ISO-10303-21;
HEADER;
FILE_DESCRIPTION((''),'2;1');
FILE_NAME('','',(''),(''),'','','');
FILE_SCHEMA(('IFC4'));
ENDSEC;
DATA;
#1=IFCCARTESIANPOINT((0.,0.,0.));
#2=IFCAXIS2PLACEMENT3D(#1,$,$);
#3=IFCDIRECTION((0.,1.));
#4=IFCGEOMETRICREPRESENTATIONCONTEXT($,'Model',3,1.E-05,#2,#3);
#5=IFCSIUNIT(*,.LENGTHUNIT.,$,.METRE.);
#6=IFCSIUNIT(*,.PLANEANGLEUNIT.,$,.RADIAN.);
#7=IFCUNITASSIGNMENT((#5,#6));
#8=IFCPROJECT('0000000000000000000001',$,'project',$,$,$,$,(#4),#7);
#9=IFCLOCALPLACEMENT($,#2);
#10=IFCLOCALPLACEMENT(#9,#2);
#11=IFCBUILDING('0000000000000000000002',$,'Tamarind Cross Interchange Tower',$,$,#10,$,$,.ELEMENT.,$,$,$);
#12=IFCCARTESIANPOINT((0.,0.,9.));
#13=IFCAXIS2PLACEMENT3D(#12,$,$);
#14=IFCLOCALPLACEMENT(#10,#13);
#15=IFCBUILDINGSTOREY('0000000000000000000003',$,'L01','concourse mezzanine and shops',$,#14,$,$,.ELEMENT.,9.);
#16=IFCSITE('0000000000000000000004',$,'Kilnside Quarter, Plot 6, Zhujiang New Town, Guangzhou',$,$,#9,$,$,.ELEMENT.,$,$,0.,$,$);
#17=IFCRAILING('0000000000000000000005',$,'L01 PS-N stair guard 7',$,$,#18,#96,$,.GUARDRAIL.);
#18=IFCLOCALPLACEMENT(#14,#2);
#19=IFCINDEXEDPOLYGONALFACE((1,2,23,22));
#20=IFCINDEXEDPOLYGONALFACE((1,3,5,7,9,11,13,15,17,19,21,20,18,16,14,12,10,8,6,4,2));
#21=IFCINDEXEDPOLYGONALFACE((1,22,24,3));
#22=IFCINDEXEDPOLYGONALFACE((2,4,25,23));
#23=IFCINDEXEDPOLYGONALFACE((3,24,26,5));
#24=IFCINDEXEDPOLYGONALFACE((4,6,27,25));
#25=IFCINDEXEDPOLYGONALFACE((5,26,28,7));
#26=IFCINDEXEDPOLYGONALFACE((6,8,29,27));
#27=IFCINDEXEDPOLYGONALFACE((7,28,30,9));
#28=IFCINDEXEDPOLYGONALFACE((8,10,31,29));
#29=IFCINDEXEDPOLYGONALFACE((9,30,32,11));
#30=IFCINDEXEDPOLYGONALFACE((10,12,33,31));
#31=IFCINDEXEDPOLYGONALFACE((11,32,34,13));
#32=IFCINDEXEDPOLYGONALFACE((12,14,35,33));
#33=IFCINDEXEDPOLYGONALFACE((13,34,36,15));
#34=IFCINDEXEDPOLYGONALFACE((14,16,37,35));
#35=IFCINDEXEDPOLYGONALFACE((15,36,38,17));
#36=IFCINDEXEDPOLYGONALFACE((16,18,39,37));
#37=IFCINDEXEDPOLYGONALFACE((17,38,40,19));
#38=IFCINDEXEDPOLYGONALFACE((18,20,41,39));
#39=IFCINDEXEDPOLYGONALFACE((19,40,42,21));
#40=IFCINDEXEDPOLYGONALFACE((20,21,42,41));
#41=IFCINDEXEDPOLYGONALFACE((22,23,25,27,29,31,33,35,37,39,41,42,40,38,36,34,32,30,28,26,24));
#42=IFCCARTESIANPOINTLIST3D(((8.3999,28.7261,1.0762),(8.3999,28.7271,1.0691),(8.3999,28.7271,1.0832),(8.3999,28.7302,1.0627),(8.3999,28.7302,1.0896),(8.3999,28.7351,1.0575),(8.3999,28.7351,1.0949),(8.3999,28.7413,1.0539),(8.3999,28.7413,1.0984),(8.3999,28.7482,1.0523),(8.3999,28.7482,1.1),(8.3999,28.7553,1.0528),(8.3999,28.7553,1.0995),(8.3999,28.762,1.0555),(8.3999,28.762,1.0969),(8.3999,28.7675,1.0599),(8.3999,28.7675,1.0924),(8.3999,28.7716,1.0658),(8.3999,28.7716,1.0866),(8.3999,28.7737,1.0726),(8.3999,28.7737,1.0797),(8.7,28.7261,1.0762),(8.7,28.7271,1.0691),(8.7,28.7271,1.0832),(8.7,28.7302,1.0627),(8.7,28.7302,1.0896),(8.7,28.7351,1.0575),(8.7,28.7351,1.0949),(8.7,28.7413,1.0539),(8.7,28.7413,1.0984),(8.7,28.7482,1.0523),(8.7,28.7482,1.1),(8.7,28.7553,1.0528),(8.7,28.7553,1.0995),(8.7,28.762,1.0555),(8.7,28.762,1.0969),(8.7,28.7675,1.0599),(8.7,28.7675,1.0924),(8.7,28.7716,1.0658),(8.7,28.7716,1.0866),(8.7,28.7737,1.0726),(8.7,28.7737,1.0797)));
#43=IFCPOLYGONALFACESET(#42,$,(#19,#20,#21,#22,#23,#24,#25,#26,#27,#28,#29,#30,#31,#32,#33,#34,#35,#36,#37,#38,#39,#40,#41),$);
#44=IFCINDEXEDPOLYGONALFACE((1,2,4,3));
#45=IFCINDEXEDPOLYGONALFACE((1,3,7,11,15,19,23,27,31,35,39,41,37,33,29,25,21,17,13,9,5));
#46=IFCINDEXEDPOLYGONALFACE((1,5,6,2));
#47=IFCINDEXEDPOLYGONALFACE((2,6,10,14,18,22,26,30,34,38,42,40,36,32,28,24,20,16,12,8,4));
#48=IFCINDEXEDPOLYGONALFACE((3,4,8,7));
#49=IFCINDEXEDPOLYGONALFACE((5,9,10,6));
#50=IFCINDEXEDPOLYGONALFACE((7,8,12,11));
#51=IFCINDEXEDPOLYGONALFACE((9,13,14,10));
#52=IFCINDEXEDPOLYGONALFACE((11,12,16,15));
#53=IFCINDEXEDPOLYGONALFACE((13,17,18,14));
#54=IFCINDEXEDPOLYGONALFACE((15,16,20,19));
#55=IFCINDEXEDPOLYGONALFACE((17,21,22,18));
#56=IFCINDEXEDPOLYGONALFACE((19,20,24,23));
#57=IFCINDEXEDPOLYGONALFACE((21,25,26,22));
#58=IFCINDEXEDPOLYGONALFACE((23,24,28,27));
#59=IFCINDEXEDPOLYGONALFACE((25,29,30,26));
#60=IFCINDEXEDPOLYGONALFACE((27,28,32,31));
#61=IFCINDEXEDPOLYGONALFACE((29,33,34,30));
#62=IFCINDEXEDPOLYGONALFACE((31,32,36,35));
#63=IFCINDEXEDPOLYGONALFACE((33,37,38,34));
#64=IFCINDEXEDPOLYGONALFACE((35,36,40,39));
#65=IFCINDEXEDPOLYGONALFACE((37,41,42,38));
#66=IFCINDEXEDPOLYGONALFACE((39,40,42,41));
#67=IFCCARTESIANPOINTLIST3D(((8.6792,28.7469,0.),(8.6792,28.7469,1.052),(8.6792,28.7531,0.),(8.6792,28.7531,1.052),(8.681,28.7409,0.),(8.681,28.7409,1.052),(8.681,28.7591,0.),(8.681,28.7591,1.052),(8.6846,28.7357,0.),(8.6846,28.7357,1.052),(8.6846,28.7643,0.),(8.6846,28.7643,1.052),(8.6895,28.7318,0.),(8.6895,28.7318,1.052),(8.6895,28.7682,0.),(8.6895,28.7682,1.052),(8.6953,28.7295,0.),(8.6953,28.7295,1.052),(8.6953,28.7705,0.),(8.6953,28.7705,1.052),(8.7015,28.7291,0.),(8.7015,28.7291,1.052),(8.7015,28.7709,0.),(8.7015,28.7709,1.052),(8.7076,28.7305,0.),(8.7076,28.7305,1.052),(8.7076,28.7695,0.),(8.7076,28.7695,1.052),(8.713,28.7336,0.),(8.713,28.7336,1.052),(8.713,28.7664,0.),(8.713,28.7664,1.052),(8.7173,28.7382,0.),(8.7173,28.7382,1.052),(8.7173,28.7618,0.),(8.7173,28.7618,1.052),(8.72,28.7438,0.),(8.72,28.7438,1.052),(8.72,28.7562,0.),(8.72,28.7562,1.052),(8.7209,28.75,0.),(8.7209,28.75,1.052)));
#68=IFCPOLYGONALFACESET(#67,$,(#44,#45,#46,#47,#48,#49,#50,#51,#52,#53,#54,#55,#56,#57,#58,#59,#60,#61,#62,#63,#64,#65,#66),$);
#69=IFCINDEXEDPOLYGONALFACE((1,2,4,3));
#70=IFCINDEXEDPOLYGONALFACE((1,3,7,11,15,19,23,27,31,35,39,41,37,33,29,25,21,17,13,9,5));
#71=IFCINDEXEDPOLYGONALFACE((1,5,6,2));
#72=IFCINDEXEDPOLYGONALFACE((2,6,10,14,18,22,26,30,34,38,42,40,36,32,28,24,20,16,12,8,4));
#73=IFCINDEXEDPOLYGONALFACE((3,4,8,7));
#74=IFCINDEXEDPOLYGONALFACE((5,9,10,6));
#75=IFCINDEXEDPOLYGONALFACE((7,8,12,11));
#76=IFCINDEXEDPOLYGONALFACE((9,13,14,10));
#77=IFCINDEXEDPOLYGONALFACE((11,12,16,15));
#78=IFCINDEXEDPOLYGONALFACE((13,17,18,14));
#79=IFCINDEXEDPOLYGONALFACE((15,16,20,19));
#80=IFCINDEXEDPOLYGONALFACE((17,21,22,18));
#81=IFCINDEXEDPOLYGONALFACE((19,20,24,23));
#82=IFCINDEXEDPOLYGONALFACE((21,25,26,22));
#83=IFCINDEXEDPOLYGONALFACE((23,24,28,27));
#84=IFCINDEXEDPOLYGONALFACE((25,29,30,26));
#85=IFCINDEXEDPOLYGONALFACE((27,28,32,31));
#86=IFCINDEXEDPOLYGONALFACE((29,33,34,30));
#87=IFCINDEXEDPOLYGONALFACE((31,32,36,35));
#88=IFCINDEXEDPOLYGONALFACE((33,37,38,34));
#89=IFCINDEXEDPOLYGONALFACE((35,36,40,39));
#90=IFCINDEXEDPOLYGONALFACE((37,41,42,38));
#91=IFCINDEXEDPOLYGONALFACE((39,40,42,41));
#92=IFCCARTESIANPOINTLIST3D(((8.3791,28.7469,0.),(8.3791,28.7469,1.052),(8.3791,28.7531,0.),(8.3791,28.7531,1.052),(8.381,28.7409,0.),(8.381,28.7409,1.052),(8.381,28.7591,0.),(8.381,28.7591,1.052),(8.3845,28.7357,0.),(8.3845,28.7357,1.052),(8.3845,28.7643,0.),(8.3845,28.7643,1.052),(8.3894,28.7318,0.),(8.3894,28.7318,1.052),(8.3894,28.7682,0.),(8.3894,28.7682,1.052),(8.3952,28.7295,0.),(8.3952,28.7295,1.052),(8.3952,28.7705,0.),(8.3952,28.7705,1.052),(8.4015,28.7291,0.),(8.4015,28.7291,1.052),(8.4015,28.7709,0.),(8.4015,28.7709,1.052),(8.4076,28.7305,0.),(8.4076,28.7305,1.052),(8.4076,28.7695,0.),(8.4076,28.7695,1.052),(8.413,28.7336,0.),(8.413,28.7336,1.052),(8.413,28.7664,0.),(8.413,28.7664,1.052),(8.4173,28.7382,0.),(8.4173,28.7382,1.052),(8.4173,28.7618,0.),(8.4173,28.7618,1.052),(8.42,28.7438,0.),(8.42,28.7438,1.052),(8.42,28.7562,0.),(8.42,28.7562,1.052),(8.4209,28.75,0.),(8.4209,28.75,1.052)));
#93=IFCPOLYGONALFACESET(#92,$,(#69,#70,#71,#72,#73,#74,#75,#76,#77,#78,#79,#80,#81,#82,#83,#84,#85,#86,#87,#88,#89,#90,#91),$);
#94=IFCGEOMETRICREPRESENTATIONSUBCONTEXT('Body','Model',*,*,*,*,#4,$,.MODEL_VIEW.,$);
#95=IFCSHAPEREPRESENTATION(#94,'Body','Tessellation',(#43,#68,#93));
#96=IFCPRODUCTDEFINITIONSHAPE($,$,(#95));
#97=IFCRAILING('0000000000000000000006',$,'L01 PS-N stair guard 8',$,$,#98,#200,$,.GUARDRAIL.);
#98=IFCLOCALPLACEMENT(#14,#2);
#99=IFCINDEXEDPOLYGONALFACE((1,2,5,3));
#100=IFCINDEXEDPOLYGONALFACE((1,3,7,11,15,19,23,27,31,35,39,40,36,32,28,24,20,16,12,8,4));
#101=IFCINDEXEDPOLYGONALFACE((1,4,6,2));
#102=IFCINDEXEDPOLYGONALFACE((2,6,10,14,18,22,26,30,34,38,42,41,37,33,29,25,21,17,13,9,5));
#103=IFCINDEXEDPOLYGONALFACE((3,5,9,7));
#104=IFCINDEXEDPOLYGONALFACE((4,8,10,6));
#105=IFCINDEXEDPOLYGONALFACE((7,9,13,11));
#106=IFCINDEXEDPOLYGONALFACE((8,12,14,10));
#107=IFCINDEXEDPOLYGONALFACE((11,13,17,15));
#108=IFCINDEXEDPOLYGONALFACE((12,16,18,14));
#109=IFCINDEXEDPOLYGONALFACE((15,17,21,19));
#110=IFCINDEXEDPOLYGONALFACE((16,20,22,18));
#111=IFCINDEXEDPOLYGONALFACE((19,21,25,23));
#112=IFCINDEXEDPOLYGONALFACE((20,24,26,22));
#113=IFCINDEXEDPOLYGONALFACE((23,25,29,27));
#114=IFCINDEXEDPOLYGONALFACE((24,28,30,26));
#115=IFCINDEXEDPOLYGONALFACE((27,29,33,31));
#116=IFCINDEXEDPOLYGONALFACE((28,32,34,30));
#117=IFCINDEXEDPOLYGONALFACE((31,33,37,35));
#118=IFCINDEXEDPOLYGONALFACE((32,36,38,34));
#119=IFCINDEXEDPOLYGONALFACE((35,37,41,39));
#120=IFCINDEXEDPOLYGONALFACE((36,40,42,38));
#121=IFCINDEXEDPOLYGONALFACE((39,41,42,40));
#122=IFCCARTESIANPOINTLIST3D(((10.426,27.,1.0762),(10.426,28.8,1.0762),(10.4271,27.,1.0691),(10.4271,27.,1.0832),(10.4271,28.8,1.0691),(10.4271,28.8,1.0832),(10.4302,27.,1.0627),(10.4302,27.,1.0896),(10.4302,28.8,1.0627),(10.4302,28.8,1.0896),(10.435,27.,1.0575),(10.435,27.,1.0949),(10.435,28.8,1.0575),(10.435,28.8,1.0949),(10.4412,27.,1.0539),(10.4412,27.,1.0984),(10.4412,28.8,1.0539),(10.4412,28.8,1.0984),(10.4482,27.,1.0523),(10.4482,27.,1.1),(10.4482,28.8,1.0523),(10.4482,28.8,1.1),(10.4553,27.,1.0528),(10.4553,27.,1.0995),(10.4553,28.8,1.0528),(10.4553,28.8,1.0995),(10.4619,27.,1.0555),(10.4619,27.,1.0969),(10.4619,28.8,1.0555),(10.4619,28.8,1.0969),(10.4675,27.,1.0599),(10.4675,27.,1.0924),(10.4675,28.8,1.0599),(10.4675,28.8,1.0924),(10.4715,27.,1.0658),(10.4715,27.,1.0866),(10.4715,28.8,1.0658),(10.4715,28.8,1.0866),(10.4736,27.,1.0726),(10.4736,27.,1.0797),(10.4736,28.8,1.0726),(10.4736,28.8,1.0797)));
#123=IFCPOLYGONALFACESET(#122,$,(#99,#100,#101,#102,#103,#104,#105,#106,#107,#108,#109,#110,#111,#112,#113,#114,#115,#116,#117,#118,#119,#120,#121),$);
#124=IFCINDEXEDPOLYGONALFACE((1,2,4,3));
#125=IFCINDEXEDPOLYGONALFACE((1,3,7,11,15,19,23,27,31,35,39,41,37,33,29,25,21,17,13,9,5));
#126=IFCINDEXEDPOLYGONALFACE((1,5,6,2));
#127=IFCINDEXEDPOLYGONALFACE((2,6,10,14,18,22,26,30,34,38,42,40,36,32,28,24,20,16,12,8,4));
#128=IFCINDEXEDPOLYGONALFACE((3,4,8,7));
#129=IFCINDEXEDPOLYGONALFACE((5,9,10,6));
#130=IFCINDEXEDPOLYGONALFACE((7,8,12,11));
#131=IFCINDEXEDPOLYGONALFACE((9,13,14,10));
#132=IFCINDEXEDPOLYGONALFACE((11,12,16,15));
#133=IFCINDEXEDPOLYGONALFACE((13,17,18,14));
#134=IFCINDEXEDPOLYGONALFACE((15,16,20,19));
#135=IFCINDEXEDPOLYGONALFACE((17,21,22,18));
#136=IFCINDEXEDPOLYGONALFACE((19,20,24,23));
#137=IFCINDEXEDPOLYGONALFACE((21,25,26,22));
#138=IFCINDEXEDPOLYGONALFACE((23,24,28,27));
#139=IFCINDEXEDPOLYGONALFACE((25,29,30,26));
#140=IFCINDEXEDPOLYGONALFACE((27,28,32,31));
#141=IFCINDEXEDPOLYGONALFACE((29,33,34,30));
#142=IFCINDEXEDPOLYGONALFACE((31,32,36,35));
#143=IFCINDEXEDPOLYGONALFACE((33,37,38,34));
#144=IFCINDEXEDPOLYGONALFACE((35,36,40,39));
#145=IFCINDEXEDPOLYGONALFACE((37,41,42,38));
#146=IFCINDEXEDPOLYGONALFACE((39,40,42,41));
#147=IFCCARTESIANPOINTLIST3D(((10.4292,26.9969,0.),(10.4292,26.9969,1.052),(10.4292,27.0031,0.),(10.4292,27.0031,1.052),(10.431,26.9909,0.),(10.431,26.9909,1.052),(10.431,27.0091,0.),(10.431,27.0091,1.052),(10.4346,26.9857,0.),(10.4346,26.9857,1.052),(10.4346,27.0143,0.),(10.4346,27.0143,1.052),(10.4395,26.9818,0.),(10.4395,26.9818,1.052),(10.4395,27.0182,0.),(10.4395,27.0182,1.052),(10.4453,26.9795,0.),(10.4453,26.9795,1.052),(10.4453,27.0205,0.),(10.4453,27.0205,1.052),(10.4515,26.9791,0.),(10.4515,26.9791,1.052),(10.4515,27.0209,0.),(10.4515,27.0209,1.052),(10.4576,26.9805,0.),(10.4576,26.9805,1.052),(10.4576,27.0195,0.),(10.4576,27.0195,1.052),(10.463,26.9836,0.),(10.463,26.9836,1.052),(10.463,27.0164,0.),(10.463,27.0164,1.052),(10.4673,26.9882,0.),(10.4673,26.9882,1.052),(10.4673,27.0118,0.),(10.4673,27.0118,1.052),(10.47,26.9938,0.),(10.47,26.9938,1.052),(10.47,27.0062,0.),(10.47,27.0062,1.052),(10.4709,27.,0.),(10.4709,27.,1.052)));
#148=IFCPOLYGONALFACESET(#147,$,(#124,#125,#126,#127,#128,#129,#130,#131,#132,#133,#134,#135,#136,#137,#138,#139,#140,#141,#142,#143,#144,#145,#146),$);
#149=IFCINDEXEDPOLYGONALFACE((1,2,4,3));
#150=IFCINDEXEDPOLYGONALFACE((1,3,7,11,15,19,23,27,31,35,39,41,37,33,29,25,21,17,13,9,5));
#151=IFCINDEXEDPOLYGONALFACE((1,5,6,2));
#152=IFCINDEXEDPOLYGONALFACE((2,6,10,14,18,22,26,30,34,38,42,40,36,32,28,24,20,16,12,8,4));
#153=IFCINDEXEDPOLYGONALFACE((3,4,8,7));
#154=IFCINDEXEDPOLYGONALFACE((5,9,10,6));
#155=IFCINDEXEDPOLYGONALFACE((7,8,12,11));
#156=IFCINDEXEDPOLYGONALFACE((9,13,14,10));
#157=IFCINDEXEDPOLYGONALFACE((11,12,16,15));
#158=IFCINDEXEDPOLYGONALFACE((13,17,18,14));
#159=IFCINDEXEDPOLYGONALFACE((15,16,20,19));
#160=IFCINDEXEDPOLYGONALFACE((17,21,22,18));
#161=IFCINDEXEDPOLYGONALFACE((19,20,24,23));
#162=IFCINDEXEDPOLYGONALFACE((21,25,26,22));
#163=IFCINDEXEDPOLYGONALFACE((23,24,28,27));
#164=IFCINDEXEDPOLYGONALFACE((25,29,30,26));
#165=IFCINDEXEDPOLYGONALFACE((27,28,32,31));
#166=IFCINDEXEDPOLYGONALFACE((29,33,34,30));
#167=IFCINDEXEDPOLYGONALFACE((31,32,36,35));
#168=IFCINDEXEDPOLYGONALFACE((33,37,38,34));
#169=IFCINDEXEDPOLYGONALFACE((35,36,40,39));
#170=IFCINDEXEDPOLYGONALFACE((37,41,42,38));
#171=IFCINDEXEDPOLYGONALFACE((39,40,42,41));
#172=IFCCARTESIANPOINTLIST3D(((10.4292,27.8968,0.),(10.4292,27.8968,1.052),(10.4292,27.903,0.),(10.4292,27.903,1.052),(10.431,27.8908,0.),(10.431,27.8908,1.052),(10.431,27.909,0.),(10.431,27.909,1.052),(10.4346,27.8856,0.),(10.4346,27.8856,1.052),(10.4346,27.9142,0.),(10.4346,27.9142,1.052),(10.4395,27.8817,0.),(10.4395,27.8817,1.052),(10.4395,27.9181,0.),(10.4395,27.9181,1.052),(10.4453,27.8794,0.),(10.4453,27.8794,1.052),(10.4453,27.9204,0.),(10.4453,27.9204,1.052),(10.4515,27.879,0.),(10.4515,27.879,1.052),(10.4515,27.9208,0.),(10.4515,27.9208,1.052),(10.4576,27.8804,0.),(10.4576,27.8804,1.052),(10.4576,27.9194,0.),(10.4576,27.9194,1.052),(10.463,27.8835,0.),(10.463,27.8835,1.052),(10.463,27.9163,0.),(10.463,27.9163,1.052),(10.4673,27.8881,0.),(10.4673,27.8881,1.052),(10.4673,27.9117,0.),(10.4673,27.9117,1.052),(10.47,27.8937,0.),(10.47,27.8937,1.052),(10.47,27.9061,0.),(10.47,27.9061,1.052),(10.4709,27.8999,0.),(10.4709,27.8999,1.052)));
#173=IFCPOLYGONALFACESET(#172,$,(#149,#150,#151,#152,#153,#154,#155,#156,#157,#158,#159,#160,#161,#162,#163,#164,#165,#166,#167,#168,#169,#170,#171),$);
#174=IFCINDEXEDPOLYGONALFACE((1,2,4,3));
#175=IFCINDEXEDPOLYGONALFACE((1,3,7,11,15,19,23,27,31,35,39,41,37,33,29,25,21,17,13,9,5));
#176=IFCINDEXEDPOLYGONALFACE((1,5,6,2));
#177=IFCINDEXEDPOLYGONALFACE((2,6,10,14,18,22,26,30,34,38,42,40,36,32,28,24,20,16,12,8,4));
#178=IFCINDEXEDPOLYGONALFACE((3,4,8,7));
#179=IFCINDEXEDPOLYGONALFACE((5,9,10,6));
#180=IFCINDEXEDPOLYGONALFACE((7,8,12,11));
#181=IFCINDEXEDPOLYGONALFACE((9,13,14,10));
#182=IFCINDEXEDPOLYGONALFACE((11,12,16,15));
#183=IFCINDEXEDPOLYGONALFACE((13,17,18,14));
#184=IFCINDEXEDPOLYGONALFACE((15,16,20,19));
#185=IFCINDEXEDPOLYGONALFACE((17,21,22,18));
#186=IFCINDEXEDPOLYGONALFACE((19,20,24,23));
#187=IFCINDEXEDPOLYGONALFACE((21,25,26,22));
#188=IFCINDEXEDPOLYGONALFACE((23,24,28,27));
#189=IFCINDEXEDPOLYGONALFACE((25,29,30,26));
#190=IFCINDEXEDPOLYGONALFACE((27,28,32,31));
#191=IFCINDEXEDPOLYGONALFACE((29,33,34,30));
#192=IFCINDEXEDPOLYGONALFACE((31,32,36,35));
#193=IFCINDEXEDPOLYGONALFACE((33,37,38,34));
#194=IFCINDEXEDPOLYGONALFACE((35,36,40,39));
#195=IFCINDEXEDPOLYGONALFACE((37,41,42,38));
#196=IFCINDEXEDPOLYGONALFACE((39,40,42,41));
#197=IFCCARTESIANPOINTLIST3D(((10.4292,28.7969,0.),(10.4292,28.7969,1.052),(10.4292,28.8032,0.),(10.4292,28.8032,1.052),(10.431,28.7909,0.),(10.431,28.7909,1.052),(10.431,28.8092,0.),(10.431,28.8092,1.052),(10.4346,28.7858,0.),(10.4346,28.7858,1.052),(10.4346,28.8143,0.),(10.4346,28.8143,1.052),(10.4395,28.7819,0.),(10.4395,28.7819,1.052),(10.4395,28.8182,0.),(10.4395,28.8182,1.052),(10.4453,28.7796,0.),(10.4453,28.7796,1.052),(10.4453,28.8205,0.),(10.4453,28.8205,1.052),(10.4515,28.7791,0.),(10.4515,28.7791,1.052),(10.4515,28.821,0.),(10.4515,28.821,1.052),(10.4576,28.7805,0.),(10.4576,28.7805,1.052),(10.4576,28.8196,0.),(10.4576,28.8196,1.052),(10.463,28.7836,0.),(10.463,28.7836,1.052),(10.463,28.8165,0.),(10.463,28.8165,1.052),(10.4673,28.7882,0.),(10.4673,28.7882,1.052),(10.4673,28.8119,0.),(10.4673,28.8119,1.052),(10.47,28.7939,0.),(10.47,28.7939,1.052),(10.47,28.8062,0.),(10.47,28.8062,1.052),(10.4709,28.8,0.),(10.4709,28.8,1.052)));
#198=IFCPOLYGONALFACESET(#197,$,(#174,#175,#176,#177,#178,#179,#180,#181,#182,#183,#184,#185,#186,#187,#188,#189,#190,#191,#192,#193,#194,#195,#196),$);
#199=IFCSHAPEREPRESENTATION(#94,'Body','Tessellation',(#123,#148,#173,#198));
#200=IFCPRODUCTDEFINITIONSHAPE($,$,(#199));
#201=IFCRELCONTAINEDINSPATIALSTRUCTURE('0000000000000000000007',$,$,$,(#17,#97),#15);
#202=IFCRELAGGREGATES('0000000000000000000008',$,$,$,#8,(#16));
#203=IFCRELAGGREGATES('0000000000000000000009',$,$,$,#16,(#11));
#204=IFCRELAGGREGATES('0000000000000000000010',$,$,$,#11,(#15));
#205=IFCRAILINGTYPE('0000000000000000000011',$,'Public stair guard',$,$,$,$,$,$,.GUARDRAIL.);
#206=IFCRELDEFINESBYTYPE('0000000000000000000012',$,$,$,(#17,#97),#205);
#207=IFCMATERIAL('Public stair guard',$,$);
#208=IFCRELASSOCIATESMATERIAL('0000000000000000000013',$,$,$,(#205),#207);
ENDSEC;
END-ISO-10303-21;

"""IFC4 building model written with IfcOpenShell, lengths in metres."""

from ifc_helpers import new_model, si_unit, direction, frame, origin, origin_2d, place, context, subcontext, project, spatial, circle, extrude, material, type_object, element, save


model = new_model("IFC4")

# Units and contexts
model_context = context("Model", 3, precision=1e-05, world=origin(), true_north=direction((0.0, 1.0)))
body_context = subcontext(model_context, "Body", "Model", "MODEL_VIEW")
ifc_project = project(units=[si_unit("LENGTHUNIT", "METRE"), si_unit("PLANEANGLEUNIT", "RADIAN")], contexts=[model_context])

# Site, building, storey
site_placement = place(None, origin())
site = spatial("IfcSite", under=ifc_project, at=site_placement, Name="Kilnside Quarter, Plot 6, Zhujiang New Town, Guangzhou", CompositionType="ELEMENT", RefElevation=0.0)
building_placement = place(site_placement, origin())
building = spatial("IfcBuilding", under=site, at=building_placement, Name="Tamarind Cross Interchange Tower", CompositionType="ELEMENT")
storey_placement = place(building_placement, frame((0.0, 0.0, 9.0)))
storey = spatial("IfcBuildingStorey", under=building, at=storey_placement, Name="L01", Description="concourse mezzanine and shops", CompositionType="ELEMENT", Elevation=9.0)

# Railings
ifc_material_1 = material(Name="Public stair guard")
railing_type_1 = type_object("IfcRailingType", Name="Public stair guard", PredefinedType="GUARDRAIL", material=ifc_material_1)
railing_1_placement = place(storey_placement, frame((8.7, 28.75, 0.0)))
element("IfcRailing", 1, at=railing_1_placement, inside=storey, type_object=railing_type_1, Name="L01 PS-N stair guard 7", PredefinedType="GUARDRAIL", context=body_context, shape_type="SweptSolid", body=[
    extrude(circle(Radius=0.0239, at=origin_2d()), frame((0.0, 0.0, 1.0762), z_axis=(-1.0, 0.0, 0.0), x_axis=(0.0, -1.0, 0.0)), (0.0, 0.0, 1.0), 0.3),
    extrude(circle(Radius=0.021, at=origin_2d()), origin(), (0.0, 0.0, 1.0), 1.052),
    extrude(circle(Radius=0.021, at=origin_2d()), frame((-0.3, 0.0, 0.0)), (0.0, 0.0, 1.0), 1.052),
])
for number, where, name in (
    (2, (10.45, 27.0, 0.0), "L01 PS-N stair guard 8"),
):
    element("IfcRailing", number, at=place(storey_placement, frame(where)), inside=storey, type_object=railing_type_1, Name=name, PredefinedType="GUARDRAIL", context=body_context, shape_type="SweptSolid", body=[
        extrude(circle(Radius=0.0239, at=origin_2d()), frame((0.0, 0.0, 1.0762), z_axis=(0.0, 1.0, 0.0), x_axis=(-1.0, 0.0, 0.0)), (0.0, 0.0, 1.0), 1.8),
        extrude(circle(Radius=0.021, at=origin_2d()), origin(), (0.0, 0.0, 1.0), 1.052),
        extrude(circle(Radius=0.021, at=origin_2d()), frame((0.0, 0.8999, 0.0)), (0.0, 0.0, 1.0), 1.052),
        extrude(circle(Radius=0.021, at=origin_2d()), frame((0.0, 1.8, 0.0)), (0.0, 0.0, 1.0), 1.052),
    ])

save(model, "model.ifc")
